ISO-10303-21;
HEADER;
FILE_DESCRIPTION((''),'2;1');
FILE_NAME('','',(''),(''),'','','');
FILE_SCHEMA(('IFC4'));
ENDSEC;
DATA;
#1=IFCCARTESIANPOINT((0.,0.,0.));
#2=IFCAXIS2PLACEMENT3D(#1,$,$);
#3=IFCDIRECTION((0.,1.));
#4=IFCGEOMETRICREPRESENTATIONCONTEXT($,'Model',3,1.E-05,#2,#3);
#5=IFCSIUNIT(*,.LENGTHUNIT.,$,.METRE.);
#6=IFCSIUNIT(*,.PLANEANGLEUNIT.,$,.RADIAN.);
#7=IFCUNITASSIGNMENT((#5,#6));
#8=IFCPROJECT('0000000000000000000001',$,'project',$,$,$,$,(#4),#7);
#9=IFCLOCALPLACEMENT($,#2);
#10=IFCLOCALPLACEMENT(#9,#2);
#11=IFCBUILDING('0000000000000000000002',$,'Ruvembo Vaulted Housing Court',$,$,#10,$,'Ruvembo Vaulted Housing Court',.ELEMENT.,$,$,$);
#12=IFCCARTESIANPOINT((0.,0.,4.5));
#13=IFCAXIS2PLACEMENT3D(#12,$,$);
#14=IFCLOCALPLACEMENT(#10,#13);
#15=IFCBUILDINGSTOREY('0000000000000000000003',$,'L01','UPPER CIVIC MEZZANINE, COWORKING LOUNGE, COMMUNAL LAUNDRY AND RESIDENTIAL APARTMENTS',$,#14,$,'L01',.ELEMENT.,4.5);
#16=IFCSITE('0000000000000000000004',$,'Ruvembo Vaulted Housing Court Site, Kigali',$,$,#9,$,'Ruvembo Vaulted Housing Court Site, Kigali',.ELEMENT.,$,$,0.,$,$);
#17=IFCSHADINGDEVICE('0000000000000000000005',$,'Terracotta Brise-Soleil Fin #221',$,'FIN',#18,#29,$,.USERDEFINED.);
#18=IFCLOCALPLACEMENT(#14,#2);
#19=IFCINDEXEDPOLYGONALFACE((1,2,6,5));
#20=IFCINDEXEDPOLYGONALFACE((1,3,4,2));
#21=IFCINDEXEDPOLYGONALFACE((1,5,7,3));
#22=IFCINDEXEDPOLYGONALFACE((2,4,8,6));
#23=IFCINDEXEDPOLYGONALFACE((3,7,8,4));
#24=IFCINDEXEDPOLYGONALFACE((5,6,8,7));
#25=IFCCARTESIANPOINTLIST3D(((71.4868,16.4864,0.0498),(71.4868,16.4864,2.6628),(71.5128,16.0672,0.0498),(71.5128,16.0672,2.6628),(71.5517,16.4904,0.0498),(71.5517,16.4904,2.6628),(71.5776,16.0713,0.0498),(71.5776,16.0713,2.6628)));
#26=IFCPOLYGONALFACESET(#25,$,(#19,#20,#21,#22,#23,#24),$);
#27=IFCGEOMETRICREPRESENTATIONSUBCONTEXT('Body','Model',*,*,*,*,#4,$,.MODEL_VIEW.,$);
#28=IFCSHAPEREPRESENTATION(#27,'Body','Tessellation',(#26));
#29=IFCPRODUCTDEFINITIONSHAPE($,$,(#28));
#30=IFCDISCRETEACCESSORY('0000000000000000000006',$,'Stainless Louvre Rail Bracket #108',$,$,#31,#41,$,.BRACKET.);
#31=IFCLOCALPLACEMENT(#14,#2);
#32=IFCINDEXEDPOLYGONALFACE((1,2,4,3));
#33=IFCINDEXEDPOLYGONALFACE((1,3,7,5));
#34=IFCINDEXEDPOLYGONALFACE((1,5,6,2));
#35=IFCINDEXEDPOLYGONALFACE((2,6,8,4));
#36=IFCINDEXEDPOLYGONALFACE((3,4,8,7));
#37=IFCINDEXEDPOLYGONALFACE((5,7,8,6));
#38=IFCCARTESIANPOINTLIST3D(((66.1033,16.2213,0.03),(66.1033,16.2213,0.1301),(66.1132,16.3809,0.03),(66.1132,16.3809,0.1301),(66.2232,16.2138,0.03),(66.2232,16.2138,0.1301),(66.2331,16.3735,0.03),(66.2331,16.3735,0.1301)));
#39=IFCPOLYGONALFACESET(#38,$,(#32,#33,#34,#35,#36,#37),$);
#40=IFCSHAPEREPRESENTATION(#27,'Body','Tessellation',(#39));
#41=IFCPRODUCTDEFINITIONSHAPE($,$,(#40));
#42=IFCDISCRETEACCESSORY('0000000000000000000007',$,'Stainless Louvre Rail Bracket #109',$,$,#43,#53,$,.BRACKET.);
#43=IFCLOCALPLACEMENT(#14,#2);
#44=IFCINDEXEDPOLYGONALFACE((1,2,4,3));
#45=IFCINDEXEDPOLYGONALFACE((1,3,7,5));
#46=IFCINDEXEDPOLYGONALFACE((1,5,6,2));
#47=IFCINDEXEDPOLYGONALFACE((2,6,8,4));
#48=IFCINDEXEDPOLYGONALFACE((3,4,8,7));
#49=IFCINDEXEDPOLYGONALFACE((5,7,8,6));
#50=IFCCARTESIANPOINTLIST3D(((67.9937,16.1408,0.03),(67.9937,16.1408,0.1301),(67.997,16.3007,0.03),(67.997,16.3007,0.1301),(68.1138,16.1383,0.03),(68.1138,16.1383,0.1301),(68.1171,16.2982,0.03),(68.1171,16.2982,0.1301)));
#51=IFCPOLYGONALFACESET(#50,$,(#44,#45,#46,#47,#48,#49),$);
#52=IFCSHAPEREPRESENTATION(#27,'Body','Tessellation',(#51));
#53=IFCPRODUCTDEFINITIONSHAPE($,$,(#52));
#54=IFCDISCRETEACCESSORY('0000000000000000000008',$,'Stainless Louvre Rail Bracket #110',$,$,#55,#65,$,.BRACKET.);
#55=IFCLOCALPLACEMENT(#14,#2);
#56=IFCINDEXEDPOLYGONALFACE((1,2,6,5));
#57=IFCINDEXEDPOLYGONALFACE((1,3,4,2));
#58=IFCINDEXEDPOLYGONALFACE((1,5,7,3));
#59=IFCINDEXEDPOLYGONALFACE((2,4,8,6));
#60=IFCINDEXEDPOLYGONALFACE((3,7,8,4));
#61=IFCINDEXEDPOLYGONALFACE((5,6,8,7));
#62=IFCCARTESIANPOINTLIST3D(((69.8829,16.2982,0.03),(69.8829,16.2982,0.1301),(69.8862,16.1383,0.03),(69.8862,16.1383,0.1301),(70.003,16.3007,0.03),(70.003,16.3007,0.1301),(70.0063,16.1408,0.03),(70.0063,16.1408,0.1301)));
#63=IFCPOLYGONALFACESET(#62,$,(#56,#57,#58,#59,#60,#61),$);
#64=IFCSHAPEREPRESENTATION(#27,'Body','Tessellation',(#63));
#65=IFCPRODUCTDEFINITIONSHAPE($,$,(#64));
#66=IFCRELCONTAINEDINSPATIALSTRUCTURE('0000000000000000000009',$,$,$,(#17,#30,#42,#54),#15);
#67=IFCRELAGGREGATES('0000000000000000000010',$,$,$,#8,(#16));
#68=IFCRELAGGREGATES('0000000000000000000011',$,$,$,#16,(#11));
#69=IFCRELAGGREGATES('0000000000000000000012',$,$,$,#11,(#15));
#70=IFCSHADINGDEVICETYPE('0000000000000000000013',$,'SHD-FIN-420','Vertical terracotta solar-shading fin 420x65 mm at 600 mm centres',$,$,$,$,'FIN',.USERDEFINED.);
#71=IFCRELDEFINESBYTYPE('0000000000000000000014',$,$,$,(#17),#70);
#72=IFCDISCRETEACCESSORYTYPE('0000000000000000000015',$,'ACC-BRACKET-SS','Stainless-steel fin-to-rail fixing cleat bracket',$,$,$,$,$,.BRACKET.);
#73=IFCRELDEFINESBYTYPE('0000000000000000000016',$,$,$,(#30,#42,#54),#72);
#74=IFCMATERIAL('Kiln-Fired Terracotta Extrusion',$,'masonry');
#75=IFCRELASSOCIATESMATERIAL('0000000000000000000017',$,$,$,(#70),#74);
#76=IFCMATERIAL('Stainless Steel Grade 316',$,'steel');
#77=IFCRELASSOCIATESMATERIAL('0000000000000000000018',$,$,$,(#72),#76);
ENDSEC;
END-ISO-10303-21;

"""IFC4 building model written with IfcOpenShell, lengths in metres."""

from ifc_helpers import new_model, si_unit, direction, frame, origin, origin_2d, place, context, subcontext, project, spatial, rectangle, extrude, material, type_object, element, save


model = new_model("IFC4")

# Units and contexts
model_context = context("Model", 3, precision=1e-05, world=origin(), true_north=direction((0.0, 1.0)))
body_context = subcontext(model_context, "Body", "Model", "MODEL_VIEW")
ifc_project = project(units=[si_unit("LENGTHUNIT", "METRE"), si_unit("PLANEANGLEUNIT", "RADIAN")], contexts=[model_context])

# Site, building, storey
site_placement = place(None, origin())
site = spatial("IfcSite", under=ifc_project, at=site_placement, Name="Ruvembo Vaulted Housing Court Site, Kigali", LongName="Ruvembo Vaulted Housing Court Site, Kigali", CompositionType="ELEMENT", RefElevation=0.0)
building_placement = place(site_placement, origin())
building = spatial("IfcBuilding", under=site, at=building_placement, Name="Ruvembo Vaulted Housing Court", LongName="Ruvembo Vaulted Housing Court", CompositionType="ELEMENT")
storey_placement = place(building_placement, frame((0.0, 0.0, 4.5)))
storey = spatial("IfcBuildingStorey", under=building, at=storey_placement, Name="L01", Description="UPPER CIVIC MEZZANINE, COWORKING LOUNGE, COMMUNAL LAUNDRY AND RESIDENTIAL APARTMENTS", LongName="L01", CompositionType="ELEMENT", Elevation=4.5)

# Shading device
ifc_material_1 = material(Name="Kiln-Fired Terracotta Extrusion", Category="masonry")
shading_device_type = type_object("IfcShadingDeviceType", Name="SHD-FIN-420", Description="Vertical terracotta solar-shading fin 420x65 mm at 600 mm centres", ElementType="FIN", PredefinedType="USERDEFINED", material=ifc_material_1)
for number, where, z_axis, x_axis, name in (
    (1, (71.5322, 16.2788, 0.0498), (0.0, 0.0, 1.0), (0.061832, -0.998087, 0.0), "Terracotta Brise-Soleil Fin #221"),
):
    element("IfcShadingDevice", number, at=place(storey_placement, frame(where, z_axis=z_axis, x_axis=x_axis)), inside=storey, type_object=shading_device_type, Name=name, ObjectType="FIN", PredefinedType="USERDEFINED", context=body_context, shape_type="SweptSolid", body=[
        extrude(rectangle(XDim=0.4199, YDim=0.0649, at=origin_2d()), origin(), (0.0, 0.0, 1.0), 2.613),
    ])

# Discrete accessories
ifc_material_2 = material(Name="Stainless Steel Grade 316", Category="steel")
discrete_accessory_type = type_object("IfcDiscreteAccessoryType", Name="ACC-BRACKET-SS", Description="Stainless-steel fin-to-rail fixing cleat bracket", PredefinedType="BRACKET", material=ifc_material_2)
for number, where, z_axis, x_axis, name in (
    (2, (66.1682, 16.2974, 0.03), (0.0, 0.0, 1.0), (-0.061832, -0.998087, 0.0), "Stainless Louvre Rail Bracket #108"),
    (3, (68.0554, 16.2195, 0.03), (0.0, 0.0, 1.0), (-0.020646, -0.999787, 0.0), "Stainless Louvre Rail Bracket #109"),
    (4, (69.9446, 16.2195, 0.03), (0.0, 0.0, 1.0), (0.020646, -0.999787, 0.0), "Stainless Louvre Rail Bracket #110"),
):
    element("IfcDiscreteAccessory", number, at=place(storey_placement, frame(where, z_axis=z_axis, x_axis=x_axis)), inside=storey, type_object=discrete_accessory_type, Name=name, PredefinedType="BRACKET", context=body_context, shape_type="SweptSolid", body=[
        extrude(rectangle(XDim=0.1599, YDim=0.1201, at=origin_2d()), origin(), (0.0, 0.0, 1.0), 0.1001),
    ])

save(model, "model.ifc")
